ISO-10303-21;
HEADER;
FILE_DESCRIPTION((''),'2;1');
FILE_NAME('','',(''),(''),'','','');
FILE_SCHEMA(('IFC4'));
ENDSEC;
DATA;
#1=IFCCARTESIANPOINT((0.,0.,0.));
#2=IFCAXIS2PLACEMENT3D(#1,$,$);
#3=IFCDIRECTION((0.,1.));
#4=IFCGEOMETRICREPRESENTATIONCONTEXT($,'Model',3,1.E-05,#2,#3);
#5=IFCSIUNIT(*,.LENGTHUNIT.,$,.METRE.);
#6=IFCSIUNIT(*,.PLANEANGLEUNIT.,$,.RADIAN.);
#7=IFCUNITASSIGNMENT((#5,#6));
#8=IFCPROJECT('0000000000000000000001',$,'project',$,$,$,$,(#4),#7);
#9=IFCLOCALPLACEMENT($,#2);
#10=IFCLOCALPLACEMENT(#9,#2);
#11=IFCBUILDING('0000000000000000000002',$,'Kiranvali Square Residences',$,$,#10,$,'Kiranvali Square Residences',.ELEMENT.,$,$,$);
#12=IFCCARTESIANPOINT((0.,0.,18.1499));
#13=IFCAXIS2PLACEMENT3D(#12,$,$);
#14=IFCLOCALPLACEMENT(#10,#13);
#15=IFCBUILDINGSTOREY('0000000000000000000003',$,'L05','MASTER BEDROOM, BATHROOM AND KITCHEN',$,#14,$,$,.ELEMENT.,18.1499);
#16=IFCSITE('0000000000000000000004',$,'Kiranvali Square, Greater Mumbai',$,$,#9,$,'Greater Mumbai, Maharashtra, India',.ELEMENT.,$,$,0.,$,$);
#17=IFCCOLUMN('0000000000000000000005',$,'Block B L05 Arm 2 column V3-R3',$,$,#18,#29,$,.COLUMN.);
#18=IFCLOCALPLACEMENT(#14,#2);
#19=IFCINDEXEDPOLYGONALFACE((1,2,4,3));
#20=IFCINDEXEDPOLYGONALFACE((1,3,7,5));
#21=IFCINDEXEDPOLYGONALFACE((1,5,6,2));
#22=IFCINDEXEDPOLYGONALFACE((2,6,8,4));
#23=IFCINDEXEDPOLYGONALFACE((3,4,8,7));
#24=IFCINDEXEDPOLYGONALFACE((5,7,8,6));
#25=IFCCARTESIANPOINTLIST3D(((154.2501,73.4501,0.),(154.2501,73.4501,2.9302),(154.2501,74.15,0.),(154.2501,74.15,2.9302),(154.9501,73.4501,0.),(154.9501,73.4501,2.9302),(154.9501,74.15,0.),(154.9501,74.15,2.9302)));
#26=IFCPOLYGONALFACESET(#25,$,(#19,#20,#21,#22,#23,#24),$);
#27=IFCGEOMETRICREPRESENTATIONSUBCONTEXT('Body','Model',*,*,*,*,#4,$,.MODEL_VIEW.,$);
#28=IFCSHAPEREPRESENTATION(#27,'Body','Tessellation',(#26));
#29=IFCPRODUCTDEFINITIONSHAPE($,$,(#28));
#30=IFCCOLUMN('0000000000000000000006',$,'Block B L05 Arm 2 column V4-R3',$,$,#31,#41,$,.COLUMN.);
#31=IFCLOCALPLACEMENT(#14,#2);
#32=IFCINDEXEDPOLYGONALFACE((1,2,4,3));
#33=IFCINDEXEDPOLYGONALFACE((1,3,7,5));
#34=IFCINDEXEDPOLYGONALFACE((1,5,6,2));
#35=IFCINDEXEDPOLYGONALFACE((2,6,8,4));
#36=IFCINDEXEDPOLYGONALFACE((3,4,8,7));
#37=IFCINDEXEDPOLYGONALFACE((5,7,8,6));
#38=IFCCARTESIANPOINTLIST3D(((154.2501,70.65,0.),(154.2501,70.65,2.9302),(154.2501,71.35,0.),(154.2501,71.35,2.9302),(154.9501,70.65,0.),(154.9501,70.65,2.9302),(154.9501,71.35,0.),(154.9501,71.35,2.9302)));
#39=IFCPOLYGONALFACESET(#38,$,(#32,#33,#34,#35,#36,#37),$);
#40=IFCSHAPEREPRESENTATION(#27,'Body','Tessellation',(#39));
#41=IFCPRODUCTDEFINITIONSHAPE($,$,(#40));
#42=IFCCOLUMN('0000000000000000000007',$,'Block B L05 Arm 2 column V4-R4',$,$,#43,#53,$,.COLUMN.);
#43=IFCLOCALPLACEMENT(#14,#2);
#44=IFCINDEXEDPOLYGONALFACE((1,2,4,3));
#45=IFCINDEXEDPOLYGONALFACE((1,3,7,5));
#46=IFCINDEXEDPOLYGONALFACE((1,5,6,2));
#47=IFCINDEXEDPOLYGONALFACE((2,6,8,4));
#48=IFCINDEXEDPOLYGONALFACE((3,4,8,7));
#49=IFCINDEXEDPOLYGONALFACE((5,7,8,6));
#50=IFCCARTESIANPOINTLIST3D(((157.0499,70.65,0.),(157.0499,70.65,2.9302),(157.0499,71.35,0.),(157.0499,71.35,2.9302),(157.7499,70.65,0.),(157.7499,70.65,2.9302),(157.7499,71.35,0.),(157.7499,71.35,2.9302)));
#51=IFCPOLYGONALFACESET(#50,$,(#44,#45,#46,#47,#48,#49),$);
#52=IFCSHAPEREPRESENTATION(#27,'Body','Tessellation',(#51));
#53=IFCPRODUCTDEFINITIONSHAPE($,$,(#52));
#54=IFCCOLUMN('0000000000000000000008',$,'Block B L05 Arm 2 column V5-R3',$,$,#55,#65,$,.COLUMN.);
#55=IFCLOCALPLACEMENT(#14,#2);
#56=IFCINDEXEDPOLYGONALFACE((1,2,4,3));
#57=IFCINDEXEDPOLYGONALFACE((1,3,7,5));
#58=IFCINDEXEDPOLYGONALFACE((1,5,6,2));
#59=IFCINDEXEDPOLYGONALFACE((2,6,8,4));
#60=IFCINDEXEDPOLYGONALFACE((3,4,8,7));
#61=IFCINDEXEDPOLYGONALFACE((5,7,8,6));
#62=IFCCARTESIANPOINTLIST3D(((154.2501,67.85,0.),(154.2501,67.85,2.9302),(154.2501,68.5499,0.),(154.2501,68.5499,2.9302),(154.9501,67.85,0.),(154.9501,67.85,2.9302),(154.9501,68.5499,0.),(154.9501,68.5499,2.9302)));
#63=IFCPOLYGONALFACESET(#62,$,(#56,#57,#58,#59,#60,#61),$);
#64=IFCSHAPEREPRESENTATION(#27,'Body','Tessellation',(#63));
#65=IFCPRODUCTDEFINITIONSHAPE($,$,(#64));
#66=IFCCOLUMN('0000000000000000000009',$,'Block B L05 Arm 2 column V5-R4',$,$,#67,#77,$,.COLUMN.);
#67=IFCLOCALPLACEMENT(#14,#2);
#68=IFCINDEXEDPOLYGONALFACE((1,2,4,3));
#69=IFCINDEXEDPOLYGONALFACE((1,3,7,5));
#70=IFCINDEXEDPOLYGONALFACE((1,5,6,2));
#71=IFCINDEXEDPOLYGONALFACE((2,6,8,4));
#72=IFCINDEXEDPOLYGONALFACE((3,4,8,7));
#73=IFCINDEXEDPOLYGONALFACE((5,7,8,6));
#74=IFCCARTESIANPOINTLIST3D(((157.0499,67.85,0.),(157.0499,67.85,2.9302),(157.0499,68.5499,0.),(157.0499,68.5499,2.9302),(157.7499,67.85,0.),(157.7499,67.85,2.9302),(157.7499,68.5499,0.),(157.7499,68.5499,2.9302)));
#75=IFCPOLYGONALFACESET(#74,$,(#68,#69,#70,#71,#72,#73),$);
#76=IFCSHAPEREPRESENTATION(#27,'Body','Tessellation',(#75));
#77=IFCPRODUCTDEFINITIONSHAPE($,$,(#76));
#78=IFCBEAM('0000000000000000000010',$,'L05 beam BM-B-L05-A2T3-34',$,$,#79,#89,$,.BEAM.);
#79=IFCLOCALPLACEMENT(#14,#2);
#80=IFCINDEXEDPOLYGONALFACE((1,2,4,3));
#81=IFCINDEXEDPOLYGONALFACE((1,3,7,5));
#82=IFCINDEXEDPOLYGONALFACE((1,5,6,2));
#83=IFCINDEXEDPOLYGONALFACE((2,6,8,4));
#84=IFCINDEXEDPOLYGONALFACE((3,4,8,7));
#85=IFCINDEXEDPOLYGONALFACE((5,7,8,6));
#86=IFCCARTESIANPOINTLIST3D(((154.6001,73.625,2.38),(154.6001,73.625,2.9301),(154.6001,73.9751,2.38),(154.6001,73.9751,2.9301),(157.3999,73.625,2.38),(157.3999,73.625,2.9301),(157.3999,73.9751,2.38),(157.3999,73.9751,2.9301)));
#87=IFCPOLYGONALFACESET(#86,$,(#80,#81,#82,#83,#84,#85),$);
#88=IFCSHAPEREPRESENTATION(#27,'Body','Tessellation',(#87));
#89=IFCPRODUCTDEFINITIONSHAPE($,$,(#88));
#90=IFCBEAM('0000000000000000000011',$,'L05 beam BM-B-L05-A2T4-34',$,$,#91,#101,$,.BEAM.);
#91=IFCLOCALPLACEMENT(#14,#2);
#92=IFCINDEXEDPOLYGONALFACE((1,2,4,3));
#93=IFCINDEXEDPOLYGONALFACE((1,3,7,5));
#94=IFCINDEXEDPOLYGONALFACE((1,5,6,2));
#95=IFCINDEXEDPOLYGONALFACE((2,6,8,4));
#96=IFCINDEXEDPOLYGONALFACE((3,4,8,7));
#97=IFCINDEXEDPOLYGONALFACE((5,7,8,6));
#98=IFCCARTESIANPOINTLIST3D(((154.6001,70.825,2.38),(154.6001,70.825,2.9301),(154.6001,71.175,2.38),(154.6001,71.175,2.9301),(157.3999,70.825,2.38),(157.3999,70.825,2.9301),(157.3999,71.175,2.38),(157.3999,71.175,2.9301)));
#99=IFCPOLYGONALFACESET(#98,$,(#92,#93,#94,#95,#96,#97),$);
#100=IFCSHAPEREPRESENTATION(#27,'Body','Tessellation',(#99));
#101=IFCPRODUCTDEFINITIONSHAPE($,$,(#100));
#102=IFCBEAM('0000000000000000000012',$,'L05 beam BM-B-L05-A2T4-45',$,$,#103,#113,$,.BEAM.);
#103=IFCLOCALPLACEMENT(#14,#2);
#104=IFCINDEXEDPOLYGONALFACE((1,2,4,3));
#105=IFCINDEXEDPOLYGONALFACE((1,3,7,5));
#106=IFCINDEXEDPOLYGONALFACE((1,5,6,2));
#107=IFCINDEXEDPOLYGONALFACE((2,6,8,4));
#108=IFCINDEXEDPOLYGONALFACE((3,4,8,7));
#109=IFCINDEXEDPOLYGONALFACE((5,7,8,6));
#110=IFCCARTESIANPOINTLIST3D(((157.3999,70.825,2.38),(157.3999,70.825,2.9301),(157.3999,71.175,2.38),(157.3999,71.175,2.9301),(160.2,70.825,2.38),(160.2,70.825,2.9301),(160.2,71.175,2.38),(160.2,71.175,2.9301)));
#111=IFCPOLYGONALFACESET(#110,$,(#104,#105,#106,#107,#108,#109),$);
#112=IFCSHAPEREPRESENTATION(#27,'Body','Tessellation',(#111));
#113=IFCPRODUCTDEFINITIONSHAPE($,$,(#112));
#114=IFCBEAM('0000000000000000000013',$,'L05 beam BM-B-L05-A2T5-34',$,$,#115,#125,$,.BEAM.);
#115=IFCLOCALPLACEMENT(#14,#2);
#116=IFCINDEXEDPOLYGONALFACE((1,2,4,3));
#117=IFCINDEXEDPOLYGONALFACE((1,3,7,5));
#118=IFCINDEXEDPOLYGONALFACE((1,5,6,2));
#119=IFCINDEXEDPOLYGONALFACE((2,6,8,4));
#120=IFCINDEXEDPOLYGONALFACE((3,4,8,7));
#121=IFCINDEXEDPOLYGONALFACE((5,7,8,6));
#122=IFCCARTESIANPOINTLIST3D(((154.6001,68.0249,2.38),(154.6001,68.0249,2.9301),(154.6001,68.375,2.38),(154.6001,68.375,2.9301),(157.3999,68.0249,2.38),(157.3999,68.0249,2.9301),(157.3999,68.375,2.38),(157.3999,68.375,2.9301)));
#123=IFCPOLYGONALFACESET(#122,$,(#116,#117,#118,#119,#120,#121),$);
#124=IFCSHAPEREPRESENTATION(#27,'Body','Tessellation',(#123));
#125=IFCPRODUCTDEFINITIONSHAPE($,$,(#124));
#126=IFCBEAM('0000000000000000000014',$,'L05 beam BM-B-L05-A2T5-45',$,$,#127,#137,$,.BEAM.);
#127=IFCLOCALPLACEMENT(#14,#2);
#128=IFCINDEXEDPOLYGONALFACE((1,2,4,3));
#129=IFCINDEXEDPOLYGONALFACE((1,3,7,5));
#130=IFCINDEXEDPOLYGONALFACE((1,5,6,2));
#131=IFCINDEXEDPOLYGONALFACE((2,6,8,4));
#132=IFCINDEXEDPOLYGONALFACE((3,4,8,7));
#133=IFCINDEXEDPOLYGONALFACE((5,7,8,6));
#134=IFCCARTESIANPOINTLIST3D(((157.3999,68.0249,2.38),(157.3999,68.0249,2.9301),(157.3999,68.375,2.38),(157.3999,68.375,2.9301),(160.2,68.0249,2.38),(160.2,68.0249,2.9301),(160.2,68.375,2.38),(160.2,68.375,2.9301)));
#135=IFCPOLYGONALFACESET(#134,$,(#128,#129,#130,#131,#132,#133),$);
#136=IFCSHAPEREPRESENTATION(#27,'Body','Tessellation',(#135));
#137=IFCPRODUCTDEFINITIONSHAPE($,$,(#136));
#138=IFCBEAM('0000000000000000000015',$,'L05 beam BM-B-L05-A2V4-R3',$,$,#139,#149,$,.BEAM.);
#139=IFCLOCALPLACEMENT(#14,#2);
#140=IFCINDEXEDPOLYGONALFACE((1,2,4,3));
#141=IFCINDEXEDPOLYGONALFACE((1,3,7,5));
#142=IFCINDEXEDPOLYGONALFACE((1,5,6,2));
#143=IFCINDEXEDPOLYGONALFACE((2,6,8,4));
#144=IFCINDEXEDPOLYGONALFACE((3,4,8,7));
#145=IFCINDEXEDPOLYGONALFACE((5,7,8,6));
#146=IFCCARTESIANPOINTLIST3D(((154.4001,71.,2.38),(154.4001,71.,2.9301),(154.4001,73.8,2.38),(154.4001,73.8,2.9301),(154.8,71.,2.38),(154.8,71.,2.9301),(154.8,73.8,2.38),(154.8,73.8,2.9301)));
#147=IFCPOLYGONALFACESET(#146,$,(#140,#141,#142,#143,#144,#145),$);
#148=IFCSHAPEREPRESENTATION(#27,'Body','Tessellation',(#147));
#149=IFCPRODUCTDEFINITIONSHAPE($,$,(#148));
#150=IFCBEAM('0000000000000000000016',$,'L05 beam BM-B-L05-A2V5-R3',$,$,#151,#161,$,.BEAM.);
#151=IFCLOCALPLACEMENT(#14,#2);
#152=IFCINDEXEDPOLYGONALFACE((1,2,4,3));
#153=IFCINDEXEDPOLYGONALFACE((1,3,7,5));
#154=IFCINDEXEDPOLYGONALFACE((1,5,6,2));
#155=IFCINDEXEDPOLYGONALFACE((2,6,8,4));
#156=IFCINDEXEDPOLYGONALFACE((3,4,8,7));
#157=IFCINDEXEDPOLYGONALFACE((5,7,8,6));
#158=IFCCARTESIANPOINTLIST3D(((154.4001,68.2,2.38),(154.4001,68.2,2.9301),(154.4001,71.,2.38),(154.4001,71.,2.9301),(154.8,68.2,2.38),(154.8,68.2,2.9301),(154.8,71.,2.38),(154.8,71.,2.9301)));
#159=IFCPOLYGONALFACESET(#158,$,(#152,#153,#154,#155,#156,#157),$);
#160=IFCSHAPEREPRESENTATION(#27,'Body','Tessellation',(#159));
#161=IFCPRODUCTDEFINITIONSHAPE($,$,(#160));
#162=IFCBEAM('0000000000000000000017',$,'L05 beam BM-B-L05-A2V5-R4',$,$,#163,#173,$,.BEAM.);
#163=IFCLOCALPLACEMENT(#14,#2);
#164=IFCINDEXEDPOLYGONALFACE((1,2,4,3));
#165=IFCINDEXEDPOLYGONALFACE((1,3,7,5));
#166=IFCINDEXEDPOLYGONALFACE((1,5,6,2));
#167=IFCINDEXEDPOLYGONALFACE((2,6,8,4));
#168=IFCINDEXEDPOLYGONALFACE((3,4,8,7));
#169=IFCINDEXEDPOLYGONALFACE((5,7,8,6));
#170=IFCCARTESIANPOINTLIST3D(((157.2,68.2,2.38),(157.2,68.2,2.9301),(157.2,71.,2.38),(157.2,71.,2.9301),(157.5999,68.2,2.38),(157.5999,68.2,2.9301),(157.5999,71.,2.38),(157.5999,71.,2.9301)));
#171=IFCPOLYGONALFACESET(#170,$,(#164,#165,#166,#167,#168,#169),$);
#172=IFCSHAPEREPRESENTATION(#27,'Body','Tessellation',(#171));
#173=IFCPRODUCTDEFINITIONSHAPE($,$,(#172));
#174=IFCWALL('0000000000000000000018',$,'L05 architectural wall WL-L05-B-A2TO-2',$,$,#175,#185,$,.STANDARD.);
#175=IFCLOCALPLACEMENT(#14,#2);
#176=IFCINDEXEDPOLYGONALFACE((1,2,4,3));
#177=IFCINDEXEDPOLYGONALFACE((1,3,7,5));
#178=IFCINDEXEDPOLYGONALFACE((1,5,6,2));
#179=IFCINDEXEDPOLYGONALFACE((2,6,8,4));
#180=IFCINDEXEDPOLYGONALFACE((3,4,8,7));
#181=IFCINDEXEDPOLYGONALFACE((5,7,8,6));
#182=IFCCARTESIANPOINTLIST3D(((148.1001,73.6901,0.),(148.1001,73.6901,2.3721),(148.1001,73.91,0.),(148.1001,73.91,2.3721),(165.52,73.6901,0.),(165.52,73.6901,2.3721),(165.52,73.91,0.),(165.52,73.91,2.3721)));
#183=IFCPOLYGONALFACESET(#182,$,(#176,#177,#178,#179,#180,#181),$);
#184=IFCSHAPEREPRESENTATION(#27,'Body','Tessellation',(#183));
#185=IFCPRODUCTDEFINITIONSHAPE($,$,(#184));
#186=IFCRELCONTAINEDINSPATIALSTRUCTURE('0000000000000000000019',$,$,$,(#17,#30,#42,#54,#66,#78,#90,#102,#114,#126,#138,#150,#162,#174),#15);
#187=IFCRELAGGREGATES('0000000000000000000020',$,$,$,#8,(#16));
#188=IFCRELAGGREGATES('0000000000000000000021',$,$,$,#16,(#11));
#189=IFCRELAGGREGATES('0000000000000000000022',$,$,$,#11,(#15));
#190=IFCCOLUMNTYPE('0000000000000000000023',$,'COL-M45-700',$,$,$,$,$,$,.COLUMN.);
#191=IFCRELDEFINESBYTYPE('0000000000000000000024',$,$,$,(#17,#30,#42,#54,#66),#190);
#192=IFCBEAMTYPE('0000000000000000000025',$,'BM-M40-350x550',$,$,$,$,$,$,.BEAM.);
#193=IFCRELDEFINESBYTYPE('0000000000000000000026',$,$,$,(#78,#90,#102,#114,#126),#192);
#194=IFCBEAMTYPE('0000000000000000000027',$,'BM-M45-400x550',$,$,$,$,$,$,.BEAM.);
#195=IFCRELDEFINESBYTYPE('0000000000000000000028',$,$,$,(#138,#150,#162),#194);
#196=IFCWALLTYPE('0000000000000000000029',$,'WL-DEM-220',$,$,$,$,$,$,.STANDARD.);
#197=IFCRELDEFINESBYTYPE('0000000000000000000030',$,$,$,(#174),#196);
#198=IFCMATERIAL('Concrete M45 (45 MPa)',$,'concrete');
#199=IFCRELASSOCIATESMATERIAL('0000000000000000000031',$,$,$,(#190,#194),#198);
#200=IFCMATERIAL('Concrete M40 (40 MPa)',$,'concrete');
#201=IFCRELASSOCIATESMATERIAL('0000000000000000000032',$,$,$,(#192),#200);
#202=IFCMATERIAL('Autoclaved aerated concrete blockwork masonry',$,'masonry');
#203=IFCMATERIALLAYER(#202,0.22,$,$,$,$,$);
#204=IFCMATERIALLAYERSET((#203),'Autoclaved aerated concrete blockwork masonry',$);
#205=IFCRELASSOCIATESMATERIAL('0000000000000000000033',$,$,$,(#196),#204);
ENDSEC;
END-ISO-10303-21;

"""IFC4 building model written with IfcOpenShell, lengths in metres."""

from ifc_helpers import new_model, si_unit, direction, frame, frame_2d, origin, origin_2d, place, context, subcontext, project, spatial, rectangle, extrude, material, layer, layer_set, material_profile, profile_set, type_object, element, save


model = new_model("IFC4")

# Units and contexts
model_context = context("Model", 3, precision=1e-05, world=origin(), true_north=direction((0.0, 1.0)))
body_context = subcontext(model_context, "Body", "Model", "MODEL_VIEW")
ifc_project = project(units=[si_unit("LENGTHUNIT", "METRE"), si_unit("PLANEANGLEUNIT", "RADIAN")], contexts=[model_context])

# Site, building, storey
site_placement = place(None, origin())
site = spatial("IfcSite", under=ifc_project, at=site_placement, Name="Kiranvali Square, Greater Mumbai", LongName="Greater Mumbai, Maharashtra, India", CompositionType="ELEMENT", RefElevation=0.0)
building_placement = place(site_placement, origin())
building = spatial("IfcBuilding", under=site, at=building_placement, Name="Kiranvali Square Residences", LongName="Kiranvali Square Residences", CompositionType="ELEMENT")
storey_placement = place(building_placement, frame((0.0, 0.0, 18.1499)))
storey = spatial("IfcBuildingStorey", under=building, at=storey_placement, Name="L05", Description="MASTER BEDROOM, BATHROOM AND KITCHEN", CompositionType="ELEMENT", Elevation=18.1499)

# Columns
ifc_material_1 = material(Name="Concrete M45 (45 MPa)", Category="concrete")
ifc_material_profile_1 = material_profile(ifc_material_1, rectangle(XDim=0.7, YDim=0.7, at=origin_2d()), Name="RC 700x700")
ifc_profile_set_1 = profile_set([ifc_material_profile_1], Name="Concrete M45 (45 MPa)")
column_type = type_object("IfcColumnType", Name="COL-M45-700", PredefinedType="COLUMN", material=ifc_profile_set_1)
for number, where, z_axis, x_axis, name in (
    (1, (154.6001, 73.8, 0.0), (0.0, 0.0, 1.0), (1.0, 0.0, 0.0), "Block B L05 Arm 2 column V3-R3"),
    (2, (154.6001, 71.0, 0.0), (0.0, 0.0, 1.0), (1.0, 0.0, 0.0), "Block B L05 Arm 2 column V4-R3"),
    (3, (157.3999, 71.0, 0.0), (0.0, 0.0, 1.0), (1.0, 0.0, 0.0), "Block B L05 Arm 2 column V4-R4"),
    (4, (154.6001, 68.2, 0.0), (0.0, 0.0, 1.0), (1.0, 0.0, 0.0), "Block B L05 Arm 2 column V5-R3"),
    (5, (157.3999, 68.2, 0.0), (0.0, 0.0, 1.0), (1.0, 0.0, 0.0), "Block B L05 Arm 2 column V5-R4"),
):
    element("IfcColumn", number, at=place(storey_placement, frame(where, z_axis=z_axis, x_axis=x_axis)), inside=storey, type_object=column_type, Name=name, PredefinedType="COLUMN", context=body_context, shape_type="SweptSolid", body=[
        extrude(rectangle(XDim=0.7, YDim=0.7, at=origin_2d()), origin(), (0.0, 0.0, 1.0), 2.9302),
    ])

# Beams
ifc_material_2 = material(Name="Concrete M40 (40 MPa)", Category="concrete")
ifc_material_profile_2 = material_profile(ifc_material_2, rectangle(XDim=0.3501, YDim=0.55, at=origin_2d()), Name="RC 350x550")
ifc_profile_set_2 = profile_set([ifc_material_profile_2], Name="Concrete M40 (40 MPa)")
beam_type_1 = type_object("IfcBeamType", Name="BM-M40-350x550", PredefinedType="BEAM", material=ifc_profile_set_2)
for number, where, z_axis, x_axis, name in (
    (6, (154.6001, 73.8, 2.655), (1.0, 0.0, 0.0), (0.0, 1.0, 0.0), "L05 beam BM-B-L05-A2T3-34"),
    (7, (154.6001, 71.0, 2.655), (1.0, 0.0, 0.0), (0.0, 1.0, 0.0), "L05 beam BM-B-L05-A2T4-34"),
):
    element("IfcBeam", number, at=place(storey_placement, frame(where, z_axis=z_axis, x_axis=x_axis)), inside=storey, type_object=beam_type_1, Name=name, PredefinedType="BEAM", context=body_context, shape_type="SweptSolid", body=[
        extrude(rectangle(XDim=0.3501, YDim=0.55, at=origin_2d()), origin(), (0.0, 0.0, 1.0), 2.7998),
    ])
beam_1_placement = place(storey_placement, frame((157.3999, 71.0, 2.655), z_axis=(1.0, 0.0, 0.0), x_axis=(0.0, 1.0, 0.0)))
element("IfcBeam", 8, at=beam_1_placement, inside=storey, type_object=beam_type_1, Name="L05 beam BM-B-L05-A2T4-45", PredefinedType="BEAM", context=body_context, shape_type="SweptSolid", body=[
    extrude(rectangle(XDim=0.3501, YDim=0.55, at=origin_2d()), origin(), (0.0, 0.0, 1.0), 2.8),
])
beam_2_placement = place(storey_placement, frame((154.6001, 68.2, 2.655), z_axis=(1.0, 0.0, 0.0), x_axis=(0.0, 1.0, 0.0)))
element("IfcBeam", 9, at=beam_2_placement, inside=storey, type_object=beam_type_1, Name="L05 beam BM-B-L05-A2T5-34", PredefinedType="BEAM", context=body_context, shape_type="SweptSolid", body=[
    extrude(rectangle(XDim=0.3501, YDim=0.55, at=origin_2d()), origin(), (0.0, 0.0, 1.0), 2.7998),
])
beam_3_placement = place(storey_placement, frame((157.3999, 68.2, 2.655), z_axis=(1.0, 0.0, 0.0), x_axis=(0.0, 1.0, 0.0)))
element("IfcBeam", 10, at=beam_3_placement, inside=storey, type_object=beam_type_1, Name="L05 beam BM-B-L05-A2T5-45", PredefinedType="BEAM", context=body_context, shape_type="SweptSolid", body=[
    extrude(rectangle(XDim=0.3501, YDim=0.55, at=origin_2d()), origin(), (0.0, 0.0, 1.0), 2.8),
])
ifc_material_profile_3 = material_profile(ifc_material_1, rectangle(XDim=0.3999, YDim=0.55, at=origin_2d()), Name="RC 400x550")
ifc_profile_set_3 = profile_set([ifc_material_profile_3], Name="Concrete M45 (45 MPa)")
beam_type_2 = type_object("IfcBeamType", Name="BM-M45-400x550", PredefinedType="BEAM", material=ifc_profile_set_3)
for number, where, z_axis, x_axis, name in (
    (11, (154.6001, 73.8, 2.655), (0.0, -1.0, 0.0), (1.0, 0.0, 0.0), "L05 beam BM-B-L05-A2V4-R3"),
    (12, (154.6001, 71.0, 2.655), (0.0, -1.0, 0.0), (1.0, 0.0, 0.0), "L05 beam BM-B-L05-A2V5-R3"),
    (13, (157.3999, 71.0, 2.655), (0.0, -1.0, 0.0), (1.0, 0.0, 0.0), "L05 beam BM-B-L05-A2V5-R4"),
):
    element("IfcBeam", number, at=place(storey_placement, frame(where, z_axis=z_axis, x_axis=x_axis)), inside=storey, type_object=beam_type_2, Name=name, PredefinedType="BEAM", context=body_context, shape_type="SweptSolid", body=[
        extrude(rectangle(XDim=0.3999, YDim=0.55, at=origin_2d()), origin(), (0.0, 0.0, 1.0), 2.8),
    ])

# Wall
ifc_material_3 = material(Name="Autoclaved aerated concrete blockwork masonry", Category="masonry")
ifc_layer_1 = layer(ifc_material_3, 0.22)
ifc_layer_set_1 = layer_set([ifc_layer_1], Name="Autoclaved aerated concrete blockwork masonry")
wall_type_1 = type_object("IfcWallType", Name="WL-DEM-220", PredefinedType="STANDARD", material=ifc_layer_set_1)
wall_1_placement = place(storey_placement, frame((148.1001, 73.8, 0.0), z_axis=(0.0, 0.0, 1.0), x_axis=(1.0, 0.0, 0.0)))
element("IfcWall", 14, at=wall_1_placement, inside=storey, type_object=wall_type_1, Name="L05 architectural wall WL-L05-B-A2TO-2", PredefinedType="STANDARD", context=body_context, shape_type="SweptSolid", body=[
    extrude(rectangle(XDim=17.4199, YDim=0.22, at=frame_2d((8.71, 0.0))), origin(), (0.0, 0.0, 1.0), 2.3721),
])

save(model, "model.ifc")
